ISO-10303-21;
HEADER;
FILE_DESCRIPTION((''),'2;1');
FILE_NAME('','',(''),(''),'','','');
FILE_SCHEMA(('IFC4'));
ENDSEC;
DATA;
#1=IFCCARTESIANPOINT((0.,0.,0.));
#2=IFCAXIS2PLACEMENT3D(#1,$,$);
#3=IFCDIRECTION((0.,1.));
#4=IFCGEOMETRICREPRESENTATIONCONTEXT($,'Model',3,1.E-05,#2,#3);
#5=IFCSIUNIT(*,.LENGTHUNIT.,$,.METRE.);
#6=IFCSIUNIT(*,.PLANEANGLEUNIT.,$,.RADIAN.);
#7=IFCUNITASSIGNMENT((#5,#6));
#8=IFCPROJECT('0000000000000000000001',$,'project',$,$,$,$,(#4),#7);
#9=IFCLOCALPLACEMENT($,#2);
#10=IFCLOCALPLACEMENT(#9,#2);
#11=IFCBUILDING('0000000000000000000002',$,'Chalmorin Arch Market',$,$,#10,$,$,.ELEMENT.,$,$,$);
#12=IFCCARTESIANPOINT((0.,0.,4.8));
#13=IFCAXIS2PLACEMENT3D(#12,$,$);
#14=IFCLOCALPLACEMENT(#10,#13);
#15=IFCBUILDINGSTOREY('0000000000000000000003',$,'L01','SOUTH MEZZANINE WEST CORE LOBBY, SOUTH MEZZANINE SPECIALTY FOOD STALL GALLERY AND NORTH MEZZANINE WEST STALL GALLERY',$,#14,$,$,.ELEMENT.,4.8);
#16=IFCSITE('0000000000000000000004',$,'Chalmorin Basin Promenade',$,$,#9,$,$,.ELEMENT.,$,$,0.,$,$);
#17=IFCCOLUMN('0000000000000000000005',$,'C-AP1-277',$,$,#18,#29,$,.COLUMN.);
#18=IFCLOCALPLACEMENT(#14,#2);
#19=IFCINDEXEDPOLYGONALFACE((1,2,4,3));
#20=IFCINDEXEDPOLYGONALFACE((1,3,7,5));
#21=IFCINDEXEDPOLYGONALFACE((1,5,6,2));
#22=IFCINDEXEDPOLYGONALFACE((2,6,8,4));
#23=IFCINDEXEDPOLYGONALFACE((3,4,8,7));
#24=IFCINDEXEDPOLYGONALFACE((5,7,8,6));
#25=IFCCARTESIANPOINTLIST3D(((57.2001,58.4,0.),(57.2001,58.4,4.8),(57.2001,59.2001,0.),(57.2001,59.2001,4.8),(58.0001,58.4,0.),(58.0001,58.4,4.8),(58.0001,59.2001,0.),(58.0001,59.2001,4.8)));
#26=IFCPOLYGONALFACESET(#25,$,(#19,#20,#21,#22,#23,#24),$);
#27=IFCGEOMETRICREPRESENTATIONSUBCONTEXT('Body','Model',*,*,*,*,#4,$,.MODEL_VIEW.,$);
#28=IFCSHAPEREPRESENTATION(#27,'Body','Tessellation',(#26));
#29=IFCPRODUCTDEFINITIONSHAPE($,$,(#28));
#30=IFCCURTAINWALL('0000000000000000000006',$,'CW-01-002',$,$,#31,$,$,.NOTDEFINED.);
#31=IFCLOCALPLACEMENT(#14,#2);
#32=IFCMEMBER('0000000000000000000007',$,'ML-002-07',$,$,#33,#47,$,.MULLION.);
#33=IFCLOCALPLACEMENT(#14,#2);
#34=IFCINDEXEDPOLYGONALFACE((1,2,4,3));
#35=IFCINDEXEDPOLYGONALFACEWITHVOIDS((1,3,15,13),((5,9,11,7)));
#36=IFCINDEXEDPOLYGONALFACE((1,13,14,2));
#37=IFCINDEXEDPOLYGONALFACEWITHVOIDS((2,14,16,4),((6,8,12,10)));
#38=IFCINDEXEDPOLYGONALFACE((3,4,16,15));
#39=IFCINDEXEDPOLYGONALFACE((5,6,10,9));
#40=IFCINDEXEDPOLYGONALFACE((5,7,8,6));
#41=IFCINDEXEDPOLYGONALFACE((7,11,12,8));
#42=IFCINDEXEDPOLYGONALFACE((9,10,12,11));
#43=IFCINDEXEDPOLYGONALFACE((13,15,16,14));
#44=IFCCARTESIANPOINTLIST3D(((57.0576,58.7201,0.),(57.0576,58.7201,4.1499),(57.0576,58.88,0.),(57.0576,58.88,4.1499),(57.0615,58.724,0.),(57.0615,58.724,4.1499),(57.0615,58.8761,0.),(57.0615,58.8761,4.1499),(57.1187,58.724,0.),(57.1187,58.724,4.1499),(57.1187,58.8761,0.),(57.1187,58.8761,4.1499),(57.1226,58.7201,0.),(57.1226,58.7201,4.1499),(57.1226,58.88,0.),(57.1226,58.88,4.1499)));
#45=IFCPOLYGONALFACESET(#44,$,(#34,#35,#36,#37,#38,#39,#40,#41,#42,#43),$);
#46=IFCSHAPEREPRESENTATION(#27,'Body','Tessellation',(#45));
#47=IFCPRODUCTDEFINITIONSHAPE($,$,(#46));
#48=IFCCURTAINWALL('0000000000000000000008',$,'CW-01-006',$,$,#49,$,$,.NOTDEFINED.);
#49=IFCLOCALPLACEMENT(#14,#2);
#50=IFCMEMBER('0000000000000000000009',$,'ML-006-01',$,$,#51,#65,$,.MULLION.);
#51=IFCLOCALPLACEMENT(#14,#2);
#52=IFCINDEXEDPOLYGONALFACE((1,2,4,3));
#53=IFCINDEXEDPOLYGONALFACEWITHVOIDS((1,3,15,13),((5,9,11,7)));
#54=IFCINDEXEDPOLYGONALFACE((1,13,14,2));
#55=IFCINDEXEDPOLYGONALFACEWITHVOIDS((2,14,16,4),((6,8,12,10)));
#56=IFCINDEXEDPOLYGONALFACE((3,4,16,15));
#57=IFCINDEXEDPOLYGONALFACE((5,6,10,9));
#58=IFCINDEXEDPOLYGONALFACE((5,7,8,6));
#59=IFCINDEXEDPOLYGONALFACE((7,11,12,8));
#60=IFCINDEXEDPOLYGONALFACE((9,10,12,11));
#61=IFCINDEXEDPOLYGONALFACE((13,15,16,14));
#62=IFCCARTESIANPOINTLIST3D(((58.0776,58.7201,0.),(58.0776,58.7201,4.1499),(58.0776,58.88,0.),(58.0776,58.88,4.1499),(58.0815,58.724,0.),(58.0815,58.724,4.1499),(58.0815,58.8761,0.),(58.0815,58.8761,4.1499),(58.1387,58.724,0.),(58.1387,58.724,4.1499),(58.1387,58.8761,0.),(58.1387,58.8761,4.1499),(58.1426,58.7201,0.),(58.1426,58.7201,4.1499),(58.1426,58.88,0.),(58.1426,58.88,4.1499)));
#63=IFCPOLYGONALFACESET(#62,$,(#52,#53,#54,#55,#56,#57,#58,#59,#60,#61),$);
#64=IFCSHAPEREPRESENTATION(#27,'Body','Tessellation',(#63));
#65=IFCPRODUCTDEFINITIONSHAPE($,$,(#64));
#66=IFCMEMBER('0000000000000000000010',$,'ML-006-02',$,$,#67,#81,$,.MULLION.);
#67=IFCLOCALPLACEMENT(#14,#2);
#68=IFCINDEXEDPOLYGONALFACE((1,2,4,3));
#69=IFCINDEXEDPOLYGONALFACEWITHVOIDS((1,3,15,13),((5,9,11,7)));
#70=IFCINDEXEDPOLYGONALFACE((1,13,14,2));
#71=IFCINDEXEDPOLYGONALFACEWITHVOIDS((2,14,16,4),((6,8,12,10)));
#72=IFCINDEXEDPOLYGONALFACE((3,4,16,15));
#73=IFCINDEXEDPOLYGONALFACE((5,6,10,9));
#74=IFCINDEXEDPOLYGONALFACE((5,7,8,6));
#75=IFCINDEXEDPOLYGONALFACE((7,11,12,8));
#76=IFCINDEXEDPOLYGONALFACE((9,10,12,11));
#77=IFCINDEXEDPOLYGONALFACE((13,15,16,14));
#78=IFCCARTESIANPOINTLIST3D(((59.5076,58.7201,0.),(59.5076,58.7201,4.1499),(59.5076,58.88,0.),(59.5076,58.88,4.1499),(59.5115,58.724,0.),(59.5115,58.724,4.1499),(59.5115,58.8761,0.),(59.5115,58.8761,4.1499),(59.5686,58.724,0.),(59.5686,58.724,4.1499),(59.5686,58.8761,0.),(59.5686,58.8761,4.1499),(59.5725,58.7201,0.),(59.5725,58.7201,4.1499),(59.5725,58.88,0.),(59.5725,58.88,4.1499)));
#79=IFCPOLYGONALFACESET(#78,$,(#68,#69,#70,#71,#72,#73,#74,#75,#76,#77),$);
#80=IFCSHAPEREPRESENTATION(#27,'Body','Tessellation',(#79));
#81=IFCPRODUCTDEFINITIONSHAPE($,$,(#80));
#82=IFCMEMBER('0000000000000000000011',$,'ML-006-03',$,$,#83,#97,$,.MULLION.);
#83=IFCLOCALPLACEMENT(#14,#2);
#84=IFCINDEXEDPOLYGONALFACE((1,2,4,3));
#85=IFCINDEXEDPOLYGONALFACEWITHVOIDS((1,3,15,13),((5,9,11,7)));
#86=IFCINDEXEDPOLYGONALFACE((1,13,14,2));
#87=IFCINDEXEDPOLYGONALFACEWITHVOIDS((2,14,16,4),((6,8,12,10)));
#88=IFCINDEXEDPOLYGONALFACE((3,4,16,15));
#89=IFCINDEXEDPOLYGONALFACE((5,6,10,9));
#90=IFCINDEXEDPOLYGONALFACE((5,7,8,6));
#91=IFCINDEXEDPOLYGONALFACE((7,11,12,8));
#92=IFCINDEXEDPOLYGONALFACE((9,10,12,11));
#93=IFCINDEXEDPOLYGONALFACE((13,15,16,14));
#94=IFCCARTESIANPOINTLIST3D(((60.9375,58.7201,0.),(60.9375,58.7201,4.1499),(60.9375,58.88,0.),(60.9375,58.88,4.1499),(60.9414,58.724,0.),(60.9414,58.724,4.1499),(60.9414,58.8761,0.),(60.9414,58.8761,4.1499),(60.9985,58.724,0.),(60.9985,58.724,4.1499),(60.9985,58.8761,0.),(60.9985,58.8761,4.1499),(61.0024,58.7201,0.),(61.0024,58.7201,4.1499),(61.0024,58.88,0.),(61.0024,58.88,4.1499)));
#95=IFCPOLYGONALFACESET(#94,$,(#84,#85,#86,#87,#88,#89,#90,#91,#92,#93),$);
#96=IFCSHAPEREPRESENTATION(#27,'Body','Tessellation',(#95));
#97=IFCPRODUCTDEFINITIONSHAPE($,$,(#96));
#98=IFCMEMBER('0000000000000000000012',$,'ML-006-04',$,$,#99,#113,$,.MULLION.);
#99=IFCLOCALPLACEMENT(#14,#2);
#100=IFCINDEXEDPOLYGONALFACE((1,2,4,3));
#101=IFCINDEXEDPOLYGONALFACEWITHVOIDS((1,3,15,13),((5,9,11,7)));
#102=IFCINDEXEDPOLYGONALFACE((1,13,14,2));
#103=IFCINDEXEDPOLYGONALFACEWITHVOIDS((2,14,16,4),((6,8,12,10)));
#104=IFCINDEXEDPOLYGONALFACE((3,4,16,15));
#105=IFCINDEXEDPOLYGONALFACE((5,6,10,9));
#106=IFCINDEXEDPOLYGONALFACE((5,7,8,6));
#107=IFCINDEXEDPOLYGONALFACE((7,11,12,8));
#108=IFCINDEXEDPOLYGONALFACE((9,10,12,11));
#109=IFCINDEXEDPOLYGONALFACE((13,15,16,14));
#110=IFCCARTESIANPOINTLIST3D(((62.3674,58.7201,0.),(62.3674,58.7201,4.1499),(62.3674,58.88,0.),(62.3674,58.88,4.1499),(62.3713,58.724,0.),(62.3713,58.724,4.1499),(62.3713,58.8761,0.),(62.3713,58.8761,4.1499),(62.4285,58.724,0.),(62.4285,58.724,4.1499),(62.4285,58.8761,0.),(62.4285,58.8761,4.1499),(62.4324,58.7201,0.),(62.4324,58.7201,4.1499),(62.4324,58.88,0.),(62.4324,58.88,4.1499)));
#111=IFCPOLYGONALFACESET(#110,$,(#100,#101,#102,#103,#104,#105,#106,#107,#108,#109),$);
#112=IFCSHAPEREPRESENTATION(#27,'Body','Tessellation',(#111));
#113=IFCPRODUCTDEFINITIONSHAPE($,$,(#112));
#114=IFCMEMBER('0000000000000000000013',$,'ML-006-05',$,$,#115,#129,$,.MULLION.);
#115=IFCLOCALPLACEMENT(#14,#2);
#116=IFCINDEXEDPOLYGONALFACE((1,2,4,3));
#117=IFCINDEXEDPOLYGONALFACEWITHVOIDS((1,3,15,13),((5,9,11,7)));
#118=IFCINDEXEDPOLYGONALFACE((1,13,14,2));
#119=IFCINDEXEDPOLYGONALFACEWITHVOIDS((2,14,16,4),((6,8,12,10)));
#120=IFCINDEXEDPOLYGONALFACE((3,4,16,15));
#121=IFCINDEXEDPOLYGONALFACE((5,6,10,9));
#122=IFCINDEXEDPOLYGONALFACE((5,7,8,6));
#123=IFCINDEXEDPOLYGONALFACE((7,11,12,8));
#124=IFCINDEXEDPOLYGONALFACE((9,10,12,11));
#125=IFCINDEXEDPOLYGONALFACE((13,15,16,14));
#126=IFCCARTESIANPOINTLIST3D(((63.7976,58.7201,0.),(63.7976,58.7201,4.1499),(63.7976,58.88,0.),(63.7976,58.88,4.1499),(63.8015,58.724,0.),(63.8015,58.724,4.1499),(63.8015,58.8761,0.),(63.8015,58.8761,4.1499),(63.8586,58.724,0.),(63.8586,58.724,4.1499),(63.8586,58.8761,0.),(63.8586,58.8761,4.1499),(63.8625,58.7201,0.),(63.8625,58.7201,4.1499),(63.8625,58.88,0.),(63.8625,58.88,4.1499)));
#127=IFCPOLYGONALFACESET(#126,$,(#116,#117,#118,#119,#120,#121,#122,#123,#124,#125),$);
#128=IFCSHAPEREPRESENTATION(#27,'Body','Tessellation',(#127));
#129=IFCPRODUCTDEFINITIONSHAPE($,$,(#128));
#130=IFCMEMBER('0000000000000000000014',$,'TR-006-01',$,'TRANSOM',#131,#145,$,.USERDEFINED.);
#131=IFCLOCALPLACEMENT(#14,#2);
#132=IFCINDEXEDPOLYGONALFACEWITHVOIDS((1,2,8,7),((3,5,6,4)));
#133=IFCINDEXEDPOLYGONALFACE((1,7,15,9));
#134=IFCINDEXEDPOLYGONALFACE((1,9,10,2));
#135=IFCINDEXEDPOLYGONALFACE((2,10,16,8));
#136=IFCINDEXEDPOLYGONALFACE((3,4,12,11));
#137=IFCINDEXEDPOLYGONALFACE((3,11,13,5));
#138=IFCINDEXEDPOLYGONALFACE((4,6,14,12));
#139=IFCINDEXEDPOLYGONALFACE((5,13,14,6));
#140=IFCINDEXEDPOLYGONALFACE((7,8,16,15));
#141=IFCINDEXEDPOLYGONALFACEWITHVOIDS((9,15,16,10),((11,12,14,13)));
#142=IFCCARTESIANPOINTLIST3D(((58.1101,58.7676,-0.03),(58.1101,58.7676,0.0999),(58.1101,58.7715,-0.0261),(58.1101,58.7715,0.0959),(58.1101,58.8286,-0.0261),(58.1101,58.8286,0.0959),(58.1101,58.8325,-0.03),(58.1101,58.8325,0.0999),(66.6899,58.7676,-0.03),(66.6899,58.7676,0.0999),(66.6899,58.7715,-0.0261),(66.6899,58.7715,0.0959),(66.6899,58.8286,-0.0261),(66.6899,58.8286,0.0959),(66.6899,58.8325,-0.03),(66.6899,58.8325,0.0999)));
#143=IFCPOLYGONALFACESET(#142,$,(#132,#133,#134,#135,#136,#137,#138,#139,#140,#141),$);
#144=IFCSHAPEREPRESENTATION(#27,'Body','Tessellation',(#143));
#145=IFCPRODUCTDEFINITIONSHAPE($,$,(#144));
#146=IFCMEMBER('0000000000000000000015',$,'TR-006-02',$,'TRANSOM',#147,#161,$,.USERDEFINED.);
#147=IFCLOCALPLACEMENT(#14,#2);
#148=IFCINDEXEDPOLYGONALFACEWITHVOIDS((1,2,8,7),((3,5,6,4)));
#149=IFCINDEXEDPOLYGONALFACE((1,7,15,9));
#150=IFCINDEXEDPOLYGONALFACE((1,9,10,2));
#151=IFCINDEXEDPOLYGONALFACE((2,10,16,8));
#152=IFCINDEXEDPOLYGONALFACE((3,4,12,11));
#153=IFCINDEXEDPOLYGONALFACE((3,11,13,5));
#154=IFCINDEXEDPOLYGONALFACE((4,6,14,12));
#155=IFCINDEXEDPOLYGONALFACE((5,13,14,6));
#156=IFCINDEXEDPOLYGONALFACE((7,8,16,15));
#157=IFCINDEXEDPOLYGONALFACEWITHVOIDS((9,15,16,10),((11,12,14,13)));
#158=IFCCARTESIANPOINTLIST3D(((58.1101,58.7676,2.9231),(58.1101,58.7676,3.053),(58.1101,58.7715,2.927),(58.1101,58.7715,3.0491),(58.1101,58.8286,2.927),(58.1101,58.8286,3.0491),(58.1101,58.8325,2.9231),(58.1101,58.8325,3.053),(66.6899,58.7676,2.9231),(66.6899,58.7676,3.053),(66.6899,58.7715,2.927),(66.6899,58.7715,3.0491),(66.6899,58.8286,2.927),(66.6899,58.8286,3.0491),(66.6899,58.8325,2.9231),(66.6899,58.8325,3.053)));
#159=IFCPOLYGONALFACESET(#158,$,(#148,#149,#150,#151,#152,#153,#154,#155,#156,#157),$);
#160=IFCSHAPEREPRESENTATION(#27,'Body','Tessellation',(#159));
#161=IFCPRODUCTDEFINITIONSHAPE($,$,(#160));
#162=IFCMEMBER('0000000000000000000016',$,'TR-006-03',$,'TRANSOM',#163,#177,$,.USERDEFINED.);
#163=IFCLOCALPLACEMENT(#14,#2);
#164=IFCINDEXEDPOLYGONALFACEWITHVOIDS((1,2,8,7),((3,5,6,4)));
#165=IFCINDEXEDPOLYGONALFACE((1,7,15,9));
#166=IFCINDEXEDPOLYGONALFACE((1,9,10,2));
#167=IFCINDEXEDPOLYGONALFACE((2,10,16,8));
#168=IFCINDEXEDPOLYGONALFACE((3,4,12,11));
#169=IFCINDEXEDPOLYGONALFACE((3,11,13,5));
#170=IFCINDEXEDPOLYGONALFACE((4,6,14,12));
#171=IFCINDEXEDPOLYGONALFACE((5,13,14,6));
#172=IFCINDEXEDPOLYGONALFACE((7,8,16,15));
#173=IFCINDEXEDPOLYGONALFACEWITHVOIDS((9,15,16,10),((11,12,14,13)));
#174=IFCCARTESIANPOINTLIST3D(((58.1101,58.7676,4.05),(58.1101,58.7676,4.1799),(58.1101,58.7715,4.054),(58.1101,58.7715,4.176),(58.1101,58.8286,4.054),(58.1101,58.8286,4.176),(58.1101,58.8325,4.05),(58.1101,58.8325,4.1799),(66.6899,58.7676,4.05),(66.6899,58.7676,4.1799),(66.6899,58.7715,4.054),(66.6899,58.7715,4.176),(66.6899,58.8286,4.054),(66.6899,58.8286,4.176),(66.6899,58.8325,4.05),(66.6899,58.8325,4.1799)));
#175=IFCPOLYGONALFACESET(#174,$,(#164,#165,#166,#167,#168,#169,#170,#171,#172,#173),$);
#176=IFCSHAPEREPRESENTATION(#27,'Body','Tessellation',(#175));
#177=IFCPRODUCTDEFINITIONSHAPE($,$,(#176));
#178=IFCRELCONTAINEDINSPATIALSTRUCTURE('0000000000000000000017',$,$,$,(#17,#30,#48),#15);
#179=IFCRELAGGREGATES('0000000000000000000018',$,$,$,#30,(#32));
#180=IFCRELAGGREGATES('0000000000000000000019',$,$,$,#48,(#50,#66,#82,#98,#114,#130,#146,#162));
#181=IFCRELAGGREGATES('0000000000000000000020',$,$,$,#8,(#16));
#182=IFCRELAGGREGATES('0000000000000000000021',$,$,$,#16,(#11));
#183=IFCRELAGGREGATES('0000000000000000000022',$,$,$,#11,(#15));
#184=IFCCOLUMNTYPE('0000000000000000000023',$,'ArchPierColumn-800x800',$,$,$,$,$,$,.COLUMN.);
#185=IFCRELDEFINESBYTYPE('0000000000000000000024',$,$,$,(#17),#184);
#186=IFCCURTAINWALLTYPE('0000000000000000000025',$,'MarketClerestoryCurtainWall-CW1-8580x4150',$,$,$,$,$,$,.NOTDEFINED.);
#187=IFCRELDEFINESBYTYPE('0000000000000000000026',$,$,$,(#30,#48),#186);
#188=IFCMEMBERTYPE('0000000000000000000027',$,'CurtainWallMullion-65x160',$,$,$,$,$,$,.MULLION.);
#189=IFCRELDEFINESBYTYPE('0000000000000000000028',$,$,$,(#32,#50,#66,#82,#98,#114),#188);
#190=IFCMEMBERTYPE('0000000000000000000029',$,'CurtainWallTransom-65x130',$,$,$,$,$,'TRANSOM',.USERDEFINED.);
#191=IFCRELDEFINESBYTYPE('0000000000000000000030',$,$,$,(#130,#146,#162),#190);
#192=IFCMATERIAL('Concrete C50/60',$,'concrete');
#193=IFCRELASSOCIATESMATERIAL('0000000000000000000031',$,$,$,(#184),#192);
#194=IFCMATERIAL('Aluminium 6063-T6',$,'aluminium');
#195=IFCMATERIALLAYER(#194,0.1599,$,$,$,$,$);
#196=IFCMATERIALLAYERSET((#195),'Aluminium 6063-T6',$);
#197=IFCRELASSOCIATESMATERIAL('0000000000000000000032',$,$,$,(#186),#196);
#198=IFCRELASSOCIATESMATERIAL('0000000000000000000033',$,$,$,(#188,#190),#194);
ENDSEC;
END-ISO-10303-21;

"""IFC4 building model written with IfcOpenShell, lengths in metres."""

from ifc_helpers import new_model, si_unit, direction, frame, origin, origin_2d, place, context, subcontext, project, spatial, rectangle, hollow_rectangle, extrude, material, layer, layer_set, material_profile, profile_set, type_object, element, aggregate, save


model = new_model("IFC4")

# Units and contexts
model_context = context("Model", 3, precision=1e-05, world=origin(), true_north=direction((0.0, 1.0)))
body_context = subcontext(model_context, "Body", "Model", "MODEL_VIEW")
ifc_project = project(units=[si_unit("LENGTHUNIT", "METRE"), si_unit("PLANEANGLEUNIT", "RADIAN")], contexts=[model_context])

# Site, building, storey
site_placement = place(None, origin())
site = spatial("IfcSite", under=ifc_project, at=site_placement, Name="Chalmorin Basin Promenade", CompositionType="ELEMENT", RefElevation=0.0)
building_placement = place(site_placement, origin())
building = spatial("IfcBuilding", under=site, at=building_placement, Name="Chalmorin Arch Market", CompositionType="ELEMENT")
storey_placement = place(building_placement, frame((0.0, 0.0, 4.8)))
storey = spatial("IfcBuildingStorey", under=building, at=storey_placement, Name="L01", Description="SOUTH MEZZANINE WEST CORE LOBBY, SOUTH MEZZANINE SPECIALTY FOOD STALL GALLERY AND NORTH MEZZANINE WEST STALL GALLERY", CompositionType="ELEMENT", Elevation=4.8)

# Column
ifc_material_1 = material(Name="Concrete C50/60", Category="concrete")
ifc_material_profile_1 = material_profile(ifc_material_1, rectangle(XDim=0.8, YDim=0.8, at=origin_2d()), Name="RC800X800")
ifc_profile_set_1 = profile_set([ifc_material_profile_1], Name="Concrete C50/60")
column_type = type_object("IfcColumnType", Name="ArchPierColumn-800x800", PredefinedType="COLUMN", material=ifc_profile_set_1)
column_placement = place(storey_placement, frame((57.6001, 58.8, 0.0), z_axis=(0.0, 0.0, 1.0), x_axis=(1.0, 0.0, 0.0)))
element("IfcColumn", 1, at=column_placement, inside=storey, type_object=column_type, Name="C-AP1-277", PredefinedType="COLUMN", context=body_context, shape_type="SweptSolid", body=[
    extrude(rectangle(XDim=0.8, YDim=0.8, at=origin_2d()), origin(), (0.0, 0.0, 1.0), 4.8),
])

# Curtain wall, member
ifc_material_2 = material(Name="Aluminium 6063-T6", Category="aluminium")
ifc_layer_1 = layer(ifc_material_2, 0.1599)
ifc_layer_set_1 = layer_set([ifc_layer_1], Name="Aluminium 6063-T6")
curtain_wall_type = type_object("IfcCurtainWallType", Name="MarketClerestoryCurtainWall-CW1-8580x4150", PredefinedType="NOTDEFINED", material=ifc_layer_set_1)
curtain_wall_1_placement = place(storey_placement, origin())
curtain_wall_1 = element("IfcCurtainWall", 2, at=curtain_wall_1_placement, inside=storey, type_object=curtain_wall_type, Name="CW-01-002", PredefinedType="NOTDEFINED")
ifc_material_profile_2 = material_profile(ifc_material_2, hollow_rectangle(XDim=0.0649, YDim=0.1599, WallThickness=0.0039, at=origin_2d()), Name="ALU65X160X4")
ifc_profile_set_2 = profile_set([ifc_material_profile_2], Name="Aluminium 6063-T6")
member_type_1 = type_object("IfcMemberType", Name="CurtainWallMullion-65x160", PredefinedType="MULLION", material=ifc_profile_set_2)
member_1_placement = place(storey_placement, frame((57.0901, 58.8, 0.0), z_axis=(0.0, 0.0, 1.0), x_axis=(1.0, 0.0, 0.0)))
member_1 = element("IfcMember", 3, at=member_1_placement, type_object=member_type_1, Name="ML-002-07", PredefinedType="MULLION", context=body_context, shape_type="SweptSolid", body=[
    extrude(hollow_rectangle(XDim=0.0649, YDim=0.1599, WallThickness=0.0039, at=origin_2d()), origin(), (0.0, 0.0, 1.0), 4.1499),
])

# Curtain wall, members
curtain_wall_2_placement = place(storey_placement, origin())
curtain_wall_2 = element("IfcCurtainWall", 4, at=curtain_wall_2_placement, inside=storey, type_object=curtain_wall_type, Name="CW-01-006", PredefinedType="NOTDEFINED")
member_2_placement = place(storey_placement, frame((58.1101, 58.8, 0.0), z_axis=(0.0, 0.0, 1.0), x_axis=(1.0, 0.0, 0.0)))
member_2 = element("IfcMember", 5, at=member_2_placement, type_object=member_type_1, Name="ML-006-01", PredefinedType="MULLION", context=body_context, shape_type="SweptSolid", body=[
    extrude(hollow_rectangle(XDim=0.0649, YDim=0.1599, WallThickness=0.0039, at=origin_2d()), origin(), (0.0, 0.0, 1.0), 4.1499),
])
member_3_placement = place(storey_placement, frame((59.54, 58.8, 0.0), z_axis=(0.0, 0.0, 1.0), x_axis=(1.0, 0.0, 0.0)))
member_3 = element("IfcMember", 6, at=member_3_placement, type_object=member_type_1, Name="ML-006-02", PredefinedType="MULLION", context=body_context, shape_type="SweptSolid", body=[
    extrude(hollow_rectangle(XDim=0.0649, YDim=0.1599, WallThickness=0.0039, at=origin_2d()), origin(), (0.0, 0.0, 1.0), 4.1499),
])
member_4_placement = place(storey_placement, frame((60.97, 58.8, 0.0), z_axis=(0.0, 0.0, 1.0), x_axis=(1.0, 0.0, 0.0)))
member_4 = element("IfcMember", 7, at=member_4_placement, type_object=member_type_1, Name="ML-006-03", PredefinedType="MULLION", context=body_context, shape_type="SweptSolid", body=[
    extrude(hollow_rectangle(XDim=0.0649, YDim=0.1599, WallThickness=0.0039, at=origin_2d()), origin(), (0.0, 0.0, 1.0), 4.1499),
])
member_5_placement = place(storey_placement, frame((62.3999, 58.8, 0.0), z_axis=(0.0, 0.0, 1.0), x_axis=(1.0, 0.0, 0.0)))
member_5 = element("IfcMember", 8, at=member_5_placement, type_object=member_type_1, Name="ML-006-04", PredefinedType="MULLION", context=body_context, shape_type="SweptSolid", body=[
    extrude(hollow_rectangle(XDim=0.0649, YDim=0.1599, WallThickness=0.0039, at=origin_2d()), origin(), (0.0, 0.0, 1.0), 4.1499),
])
member_6_placement = place(storey_placement, frame((63.8301, 58.8, 0.0), z_axis=(0.0, 0.0, 1.0), x_axis=(1.0, 0.0, 0.0)))
member_6 = element("IfcMember", 9, at=member_6_placement, type_object=member_type_1, Name="ML-006-05", PredefinedType="MULLION", context=body_context, shape_type="SweptSolid", body=[
    extrude(hollow_rectangle(XDim=0.0649, YDim=0.1599, WallThickness=0.0039, at=origin_2d()), origin(), (0.0, 0.0, 1.0), 4.1499),
])
ifc_material_profile_3 = material_profile(ifc_material_2, hollow_rectangle(XDim=0.0649, YDim=0.1299, WallThickness=0.0039, at=origin_2d()), Name="ALU65X130X4")
ifc_profile_set_3 = profile_set([ifc_material_profile_3], Name="Aluminium 6063-T6")
member_type_2 = type_object("IfcMemberType", Name="CurtainWallTransom-65x130", ElementType="TRANSOM", PredefinedType="USERDEFINED", material=ifc_profile_set_3)
member_7_placement = place(storey_placement, frame((58.1101, 58.8, 0.0349), z_axis=(1.0, 0.0, 0.0), x_axis=(0.0, 1.0, 0.0)))
member_7 = element("IfcMember", 10, at=member_7_placement, type_object=member_type_2, Name="TR-006-01", ObjectType="TRANSOM", PredefinedType="USERDEFINED", context=body_context, shape_type="SweptSolid", body=[
    extrude(hollow_rectangle(XDim=0.0649, YDim=0.1299, WallThickness=0.0039, at=origin_2d()), origin(), (0.0, 0.0, 1.0), 8.5798),
])
member_8_placement = place(storey_placement, frame((58.1101, 58.8, 2.988), z_axis=(1.0, 0.0, 0.0), x_axis=(0.0, 1.0, 0.0)))
member_8 = element("IfcMember", 11, at=member_8_placement, type_object=member_type_2, Name="TR-006-02", ObjectType="TRANSOM", PredefinedType="USERDEFINED", context=body_context, shape_type="SweptSolid", body=[
    extrude(hollow_rectangle(XDim=0.0649, YDim=0.1299, WallThickness=0.0039, at=origin_2d()), origin(), (0.0, 0.0, 1.0), 8.5798),
])
member_9_placement = place(storey_placement, frame((58.1101, 58.8, 4.115), z_axis=(1.0, 0.0, 0.0), x_axis=(0.0, 1.0, 0.0)))
member_9 = element("IfcMember", 12, at=member_9_placement, type_object=member_type_2, Name="TR-006-03", ObjectType="TRANSOM", PredefinedType="USERDEFINED", context=body_context, shape_type="SweptSolid", body=[
    extrude(hollow_rectangle(XDim=0.0649, YDim=0.1299, WallThickness=0.0039, at=origin_2d()), origin(), (0.0, 0.0, 1.0), 8.5798),
])

aggregate(curtain_wall_1, [member_1])
aggregate(curtain_wall_2, [member_2, member_3, member_4, member_5, member_6, member_7, member_8, member_9])

save(model, "model.ifc")
